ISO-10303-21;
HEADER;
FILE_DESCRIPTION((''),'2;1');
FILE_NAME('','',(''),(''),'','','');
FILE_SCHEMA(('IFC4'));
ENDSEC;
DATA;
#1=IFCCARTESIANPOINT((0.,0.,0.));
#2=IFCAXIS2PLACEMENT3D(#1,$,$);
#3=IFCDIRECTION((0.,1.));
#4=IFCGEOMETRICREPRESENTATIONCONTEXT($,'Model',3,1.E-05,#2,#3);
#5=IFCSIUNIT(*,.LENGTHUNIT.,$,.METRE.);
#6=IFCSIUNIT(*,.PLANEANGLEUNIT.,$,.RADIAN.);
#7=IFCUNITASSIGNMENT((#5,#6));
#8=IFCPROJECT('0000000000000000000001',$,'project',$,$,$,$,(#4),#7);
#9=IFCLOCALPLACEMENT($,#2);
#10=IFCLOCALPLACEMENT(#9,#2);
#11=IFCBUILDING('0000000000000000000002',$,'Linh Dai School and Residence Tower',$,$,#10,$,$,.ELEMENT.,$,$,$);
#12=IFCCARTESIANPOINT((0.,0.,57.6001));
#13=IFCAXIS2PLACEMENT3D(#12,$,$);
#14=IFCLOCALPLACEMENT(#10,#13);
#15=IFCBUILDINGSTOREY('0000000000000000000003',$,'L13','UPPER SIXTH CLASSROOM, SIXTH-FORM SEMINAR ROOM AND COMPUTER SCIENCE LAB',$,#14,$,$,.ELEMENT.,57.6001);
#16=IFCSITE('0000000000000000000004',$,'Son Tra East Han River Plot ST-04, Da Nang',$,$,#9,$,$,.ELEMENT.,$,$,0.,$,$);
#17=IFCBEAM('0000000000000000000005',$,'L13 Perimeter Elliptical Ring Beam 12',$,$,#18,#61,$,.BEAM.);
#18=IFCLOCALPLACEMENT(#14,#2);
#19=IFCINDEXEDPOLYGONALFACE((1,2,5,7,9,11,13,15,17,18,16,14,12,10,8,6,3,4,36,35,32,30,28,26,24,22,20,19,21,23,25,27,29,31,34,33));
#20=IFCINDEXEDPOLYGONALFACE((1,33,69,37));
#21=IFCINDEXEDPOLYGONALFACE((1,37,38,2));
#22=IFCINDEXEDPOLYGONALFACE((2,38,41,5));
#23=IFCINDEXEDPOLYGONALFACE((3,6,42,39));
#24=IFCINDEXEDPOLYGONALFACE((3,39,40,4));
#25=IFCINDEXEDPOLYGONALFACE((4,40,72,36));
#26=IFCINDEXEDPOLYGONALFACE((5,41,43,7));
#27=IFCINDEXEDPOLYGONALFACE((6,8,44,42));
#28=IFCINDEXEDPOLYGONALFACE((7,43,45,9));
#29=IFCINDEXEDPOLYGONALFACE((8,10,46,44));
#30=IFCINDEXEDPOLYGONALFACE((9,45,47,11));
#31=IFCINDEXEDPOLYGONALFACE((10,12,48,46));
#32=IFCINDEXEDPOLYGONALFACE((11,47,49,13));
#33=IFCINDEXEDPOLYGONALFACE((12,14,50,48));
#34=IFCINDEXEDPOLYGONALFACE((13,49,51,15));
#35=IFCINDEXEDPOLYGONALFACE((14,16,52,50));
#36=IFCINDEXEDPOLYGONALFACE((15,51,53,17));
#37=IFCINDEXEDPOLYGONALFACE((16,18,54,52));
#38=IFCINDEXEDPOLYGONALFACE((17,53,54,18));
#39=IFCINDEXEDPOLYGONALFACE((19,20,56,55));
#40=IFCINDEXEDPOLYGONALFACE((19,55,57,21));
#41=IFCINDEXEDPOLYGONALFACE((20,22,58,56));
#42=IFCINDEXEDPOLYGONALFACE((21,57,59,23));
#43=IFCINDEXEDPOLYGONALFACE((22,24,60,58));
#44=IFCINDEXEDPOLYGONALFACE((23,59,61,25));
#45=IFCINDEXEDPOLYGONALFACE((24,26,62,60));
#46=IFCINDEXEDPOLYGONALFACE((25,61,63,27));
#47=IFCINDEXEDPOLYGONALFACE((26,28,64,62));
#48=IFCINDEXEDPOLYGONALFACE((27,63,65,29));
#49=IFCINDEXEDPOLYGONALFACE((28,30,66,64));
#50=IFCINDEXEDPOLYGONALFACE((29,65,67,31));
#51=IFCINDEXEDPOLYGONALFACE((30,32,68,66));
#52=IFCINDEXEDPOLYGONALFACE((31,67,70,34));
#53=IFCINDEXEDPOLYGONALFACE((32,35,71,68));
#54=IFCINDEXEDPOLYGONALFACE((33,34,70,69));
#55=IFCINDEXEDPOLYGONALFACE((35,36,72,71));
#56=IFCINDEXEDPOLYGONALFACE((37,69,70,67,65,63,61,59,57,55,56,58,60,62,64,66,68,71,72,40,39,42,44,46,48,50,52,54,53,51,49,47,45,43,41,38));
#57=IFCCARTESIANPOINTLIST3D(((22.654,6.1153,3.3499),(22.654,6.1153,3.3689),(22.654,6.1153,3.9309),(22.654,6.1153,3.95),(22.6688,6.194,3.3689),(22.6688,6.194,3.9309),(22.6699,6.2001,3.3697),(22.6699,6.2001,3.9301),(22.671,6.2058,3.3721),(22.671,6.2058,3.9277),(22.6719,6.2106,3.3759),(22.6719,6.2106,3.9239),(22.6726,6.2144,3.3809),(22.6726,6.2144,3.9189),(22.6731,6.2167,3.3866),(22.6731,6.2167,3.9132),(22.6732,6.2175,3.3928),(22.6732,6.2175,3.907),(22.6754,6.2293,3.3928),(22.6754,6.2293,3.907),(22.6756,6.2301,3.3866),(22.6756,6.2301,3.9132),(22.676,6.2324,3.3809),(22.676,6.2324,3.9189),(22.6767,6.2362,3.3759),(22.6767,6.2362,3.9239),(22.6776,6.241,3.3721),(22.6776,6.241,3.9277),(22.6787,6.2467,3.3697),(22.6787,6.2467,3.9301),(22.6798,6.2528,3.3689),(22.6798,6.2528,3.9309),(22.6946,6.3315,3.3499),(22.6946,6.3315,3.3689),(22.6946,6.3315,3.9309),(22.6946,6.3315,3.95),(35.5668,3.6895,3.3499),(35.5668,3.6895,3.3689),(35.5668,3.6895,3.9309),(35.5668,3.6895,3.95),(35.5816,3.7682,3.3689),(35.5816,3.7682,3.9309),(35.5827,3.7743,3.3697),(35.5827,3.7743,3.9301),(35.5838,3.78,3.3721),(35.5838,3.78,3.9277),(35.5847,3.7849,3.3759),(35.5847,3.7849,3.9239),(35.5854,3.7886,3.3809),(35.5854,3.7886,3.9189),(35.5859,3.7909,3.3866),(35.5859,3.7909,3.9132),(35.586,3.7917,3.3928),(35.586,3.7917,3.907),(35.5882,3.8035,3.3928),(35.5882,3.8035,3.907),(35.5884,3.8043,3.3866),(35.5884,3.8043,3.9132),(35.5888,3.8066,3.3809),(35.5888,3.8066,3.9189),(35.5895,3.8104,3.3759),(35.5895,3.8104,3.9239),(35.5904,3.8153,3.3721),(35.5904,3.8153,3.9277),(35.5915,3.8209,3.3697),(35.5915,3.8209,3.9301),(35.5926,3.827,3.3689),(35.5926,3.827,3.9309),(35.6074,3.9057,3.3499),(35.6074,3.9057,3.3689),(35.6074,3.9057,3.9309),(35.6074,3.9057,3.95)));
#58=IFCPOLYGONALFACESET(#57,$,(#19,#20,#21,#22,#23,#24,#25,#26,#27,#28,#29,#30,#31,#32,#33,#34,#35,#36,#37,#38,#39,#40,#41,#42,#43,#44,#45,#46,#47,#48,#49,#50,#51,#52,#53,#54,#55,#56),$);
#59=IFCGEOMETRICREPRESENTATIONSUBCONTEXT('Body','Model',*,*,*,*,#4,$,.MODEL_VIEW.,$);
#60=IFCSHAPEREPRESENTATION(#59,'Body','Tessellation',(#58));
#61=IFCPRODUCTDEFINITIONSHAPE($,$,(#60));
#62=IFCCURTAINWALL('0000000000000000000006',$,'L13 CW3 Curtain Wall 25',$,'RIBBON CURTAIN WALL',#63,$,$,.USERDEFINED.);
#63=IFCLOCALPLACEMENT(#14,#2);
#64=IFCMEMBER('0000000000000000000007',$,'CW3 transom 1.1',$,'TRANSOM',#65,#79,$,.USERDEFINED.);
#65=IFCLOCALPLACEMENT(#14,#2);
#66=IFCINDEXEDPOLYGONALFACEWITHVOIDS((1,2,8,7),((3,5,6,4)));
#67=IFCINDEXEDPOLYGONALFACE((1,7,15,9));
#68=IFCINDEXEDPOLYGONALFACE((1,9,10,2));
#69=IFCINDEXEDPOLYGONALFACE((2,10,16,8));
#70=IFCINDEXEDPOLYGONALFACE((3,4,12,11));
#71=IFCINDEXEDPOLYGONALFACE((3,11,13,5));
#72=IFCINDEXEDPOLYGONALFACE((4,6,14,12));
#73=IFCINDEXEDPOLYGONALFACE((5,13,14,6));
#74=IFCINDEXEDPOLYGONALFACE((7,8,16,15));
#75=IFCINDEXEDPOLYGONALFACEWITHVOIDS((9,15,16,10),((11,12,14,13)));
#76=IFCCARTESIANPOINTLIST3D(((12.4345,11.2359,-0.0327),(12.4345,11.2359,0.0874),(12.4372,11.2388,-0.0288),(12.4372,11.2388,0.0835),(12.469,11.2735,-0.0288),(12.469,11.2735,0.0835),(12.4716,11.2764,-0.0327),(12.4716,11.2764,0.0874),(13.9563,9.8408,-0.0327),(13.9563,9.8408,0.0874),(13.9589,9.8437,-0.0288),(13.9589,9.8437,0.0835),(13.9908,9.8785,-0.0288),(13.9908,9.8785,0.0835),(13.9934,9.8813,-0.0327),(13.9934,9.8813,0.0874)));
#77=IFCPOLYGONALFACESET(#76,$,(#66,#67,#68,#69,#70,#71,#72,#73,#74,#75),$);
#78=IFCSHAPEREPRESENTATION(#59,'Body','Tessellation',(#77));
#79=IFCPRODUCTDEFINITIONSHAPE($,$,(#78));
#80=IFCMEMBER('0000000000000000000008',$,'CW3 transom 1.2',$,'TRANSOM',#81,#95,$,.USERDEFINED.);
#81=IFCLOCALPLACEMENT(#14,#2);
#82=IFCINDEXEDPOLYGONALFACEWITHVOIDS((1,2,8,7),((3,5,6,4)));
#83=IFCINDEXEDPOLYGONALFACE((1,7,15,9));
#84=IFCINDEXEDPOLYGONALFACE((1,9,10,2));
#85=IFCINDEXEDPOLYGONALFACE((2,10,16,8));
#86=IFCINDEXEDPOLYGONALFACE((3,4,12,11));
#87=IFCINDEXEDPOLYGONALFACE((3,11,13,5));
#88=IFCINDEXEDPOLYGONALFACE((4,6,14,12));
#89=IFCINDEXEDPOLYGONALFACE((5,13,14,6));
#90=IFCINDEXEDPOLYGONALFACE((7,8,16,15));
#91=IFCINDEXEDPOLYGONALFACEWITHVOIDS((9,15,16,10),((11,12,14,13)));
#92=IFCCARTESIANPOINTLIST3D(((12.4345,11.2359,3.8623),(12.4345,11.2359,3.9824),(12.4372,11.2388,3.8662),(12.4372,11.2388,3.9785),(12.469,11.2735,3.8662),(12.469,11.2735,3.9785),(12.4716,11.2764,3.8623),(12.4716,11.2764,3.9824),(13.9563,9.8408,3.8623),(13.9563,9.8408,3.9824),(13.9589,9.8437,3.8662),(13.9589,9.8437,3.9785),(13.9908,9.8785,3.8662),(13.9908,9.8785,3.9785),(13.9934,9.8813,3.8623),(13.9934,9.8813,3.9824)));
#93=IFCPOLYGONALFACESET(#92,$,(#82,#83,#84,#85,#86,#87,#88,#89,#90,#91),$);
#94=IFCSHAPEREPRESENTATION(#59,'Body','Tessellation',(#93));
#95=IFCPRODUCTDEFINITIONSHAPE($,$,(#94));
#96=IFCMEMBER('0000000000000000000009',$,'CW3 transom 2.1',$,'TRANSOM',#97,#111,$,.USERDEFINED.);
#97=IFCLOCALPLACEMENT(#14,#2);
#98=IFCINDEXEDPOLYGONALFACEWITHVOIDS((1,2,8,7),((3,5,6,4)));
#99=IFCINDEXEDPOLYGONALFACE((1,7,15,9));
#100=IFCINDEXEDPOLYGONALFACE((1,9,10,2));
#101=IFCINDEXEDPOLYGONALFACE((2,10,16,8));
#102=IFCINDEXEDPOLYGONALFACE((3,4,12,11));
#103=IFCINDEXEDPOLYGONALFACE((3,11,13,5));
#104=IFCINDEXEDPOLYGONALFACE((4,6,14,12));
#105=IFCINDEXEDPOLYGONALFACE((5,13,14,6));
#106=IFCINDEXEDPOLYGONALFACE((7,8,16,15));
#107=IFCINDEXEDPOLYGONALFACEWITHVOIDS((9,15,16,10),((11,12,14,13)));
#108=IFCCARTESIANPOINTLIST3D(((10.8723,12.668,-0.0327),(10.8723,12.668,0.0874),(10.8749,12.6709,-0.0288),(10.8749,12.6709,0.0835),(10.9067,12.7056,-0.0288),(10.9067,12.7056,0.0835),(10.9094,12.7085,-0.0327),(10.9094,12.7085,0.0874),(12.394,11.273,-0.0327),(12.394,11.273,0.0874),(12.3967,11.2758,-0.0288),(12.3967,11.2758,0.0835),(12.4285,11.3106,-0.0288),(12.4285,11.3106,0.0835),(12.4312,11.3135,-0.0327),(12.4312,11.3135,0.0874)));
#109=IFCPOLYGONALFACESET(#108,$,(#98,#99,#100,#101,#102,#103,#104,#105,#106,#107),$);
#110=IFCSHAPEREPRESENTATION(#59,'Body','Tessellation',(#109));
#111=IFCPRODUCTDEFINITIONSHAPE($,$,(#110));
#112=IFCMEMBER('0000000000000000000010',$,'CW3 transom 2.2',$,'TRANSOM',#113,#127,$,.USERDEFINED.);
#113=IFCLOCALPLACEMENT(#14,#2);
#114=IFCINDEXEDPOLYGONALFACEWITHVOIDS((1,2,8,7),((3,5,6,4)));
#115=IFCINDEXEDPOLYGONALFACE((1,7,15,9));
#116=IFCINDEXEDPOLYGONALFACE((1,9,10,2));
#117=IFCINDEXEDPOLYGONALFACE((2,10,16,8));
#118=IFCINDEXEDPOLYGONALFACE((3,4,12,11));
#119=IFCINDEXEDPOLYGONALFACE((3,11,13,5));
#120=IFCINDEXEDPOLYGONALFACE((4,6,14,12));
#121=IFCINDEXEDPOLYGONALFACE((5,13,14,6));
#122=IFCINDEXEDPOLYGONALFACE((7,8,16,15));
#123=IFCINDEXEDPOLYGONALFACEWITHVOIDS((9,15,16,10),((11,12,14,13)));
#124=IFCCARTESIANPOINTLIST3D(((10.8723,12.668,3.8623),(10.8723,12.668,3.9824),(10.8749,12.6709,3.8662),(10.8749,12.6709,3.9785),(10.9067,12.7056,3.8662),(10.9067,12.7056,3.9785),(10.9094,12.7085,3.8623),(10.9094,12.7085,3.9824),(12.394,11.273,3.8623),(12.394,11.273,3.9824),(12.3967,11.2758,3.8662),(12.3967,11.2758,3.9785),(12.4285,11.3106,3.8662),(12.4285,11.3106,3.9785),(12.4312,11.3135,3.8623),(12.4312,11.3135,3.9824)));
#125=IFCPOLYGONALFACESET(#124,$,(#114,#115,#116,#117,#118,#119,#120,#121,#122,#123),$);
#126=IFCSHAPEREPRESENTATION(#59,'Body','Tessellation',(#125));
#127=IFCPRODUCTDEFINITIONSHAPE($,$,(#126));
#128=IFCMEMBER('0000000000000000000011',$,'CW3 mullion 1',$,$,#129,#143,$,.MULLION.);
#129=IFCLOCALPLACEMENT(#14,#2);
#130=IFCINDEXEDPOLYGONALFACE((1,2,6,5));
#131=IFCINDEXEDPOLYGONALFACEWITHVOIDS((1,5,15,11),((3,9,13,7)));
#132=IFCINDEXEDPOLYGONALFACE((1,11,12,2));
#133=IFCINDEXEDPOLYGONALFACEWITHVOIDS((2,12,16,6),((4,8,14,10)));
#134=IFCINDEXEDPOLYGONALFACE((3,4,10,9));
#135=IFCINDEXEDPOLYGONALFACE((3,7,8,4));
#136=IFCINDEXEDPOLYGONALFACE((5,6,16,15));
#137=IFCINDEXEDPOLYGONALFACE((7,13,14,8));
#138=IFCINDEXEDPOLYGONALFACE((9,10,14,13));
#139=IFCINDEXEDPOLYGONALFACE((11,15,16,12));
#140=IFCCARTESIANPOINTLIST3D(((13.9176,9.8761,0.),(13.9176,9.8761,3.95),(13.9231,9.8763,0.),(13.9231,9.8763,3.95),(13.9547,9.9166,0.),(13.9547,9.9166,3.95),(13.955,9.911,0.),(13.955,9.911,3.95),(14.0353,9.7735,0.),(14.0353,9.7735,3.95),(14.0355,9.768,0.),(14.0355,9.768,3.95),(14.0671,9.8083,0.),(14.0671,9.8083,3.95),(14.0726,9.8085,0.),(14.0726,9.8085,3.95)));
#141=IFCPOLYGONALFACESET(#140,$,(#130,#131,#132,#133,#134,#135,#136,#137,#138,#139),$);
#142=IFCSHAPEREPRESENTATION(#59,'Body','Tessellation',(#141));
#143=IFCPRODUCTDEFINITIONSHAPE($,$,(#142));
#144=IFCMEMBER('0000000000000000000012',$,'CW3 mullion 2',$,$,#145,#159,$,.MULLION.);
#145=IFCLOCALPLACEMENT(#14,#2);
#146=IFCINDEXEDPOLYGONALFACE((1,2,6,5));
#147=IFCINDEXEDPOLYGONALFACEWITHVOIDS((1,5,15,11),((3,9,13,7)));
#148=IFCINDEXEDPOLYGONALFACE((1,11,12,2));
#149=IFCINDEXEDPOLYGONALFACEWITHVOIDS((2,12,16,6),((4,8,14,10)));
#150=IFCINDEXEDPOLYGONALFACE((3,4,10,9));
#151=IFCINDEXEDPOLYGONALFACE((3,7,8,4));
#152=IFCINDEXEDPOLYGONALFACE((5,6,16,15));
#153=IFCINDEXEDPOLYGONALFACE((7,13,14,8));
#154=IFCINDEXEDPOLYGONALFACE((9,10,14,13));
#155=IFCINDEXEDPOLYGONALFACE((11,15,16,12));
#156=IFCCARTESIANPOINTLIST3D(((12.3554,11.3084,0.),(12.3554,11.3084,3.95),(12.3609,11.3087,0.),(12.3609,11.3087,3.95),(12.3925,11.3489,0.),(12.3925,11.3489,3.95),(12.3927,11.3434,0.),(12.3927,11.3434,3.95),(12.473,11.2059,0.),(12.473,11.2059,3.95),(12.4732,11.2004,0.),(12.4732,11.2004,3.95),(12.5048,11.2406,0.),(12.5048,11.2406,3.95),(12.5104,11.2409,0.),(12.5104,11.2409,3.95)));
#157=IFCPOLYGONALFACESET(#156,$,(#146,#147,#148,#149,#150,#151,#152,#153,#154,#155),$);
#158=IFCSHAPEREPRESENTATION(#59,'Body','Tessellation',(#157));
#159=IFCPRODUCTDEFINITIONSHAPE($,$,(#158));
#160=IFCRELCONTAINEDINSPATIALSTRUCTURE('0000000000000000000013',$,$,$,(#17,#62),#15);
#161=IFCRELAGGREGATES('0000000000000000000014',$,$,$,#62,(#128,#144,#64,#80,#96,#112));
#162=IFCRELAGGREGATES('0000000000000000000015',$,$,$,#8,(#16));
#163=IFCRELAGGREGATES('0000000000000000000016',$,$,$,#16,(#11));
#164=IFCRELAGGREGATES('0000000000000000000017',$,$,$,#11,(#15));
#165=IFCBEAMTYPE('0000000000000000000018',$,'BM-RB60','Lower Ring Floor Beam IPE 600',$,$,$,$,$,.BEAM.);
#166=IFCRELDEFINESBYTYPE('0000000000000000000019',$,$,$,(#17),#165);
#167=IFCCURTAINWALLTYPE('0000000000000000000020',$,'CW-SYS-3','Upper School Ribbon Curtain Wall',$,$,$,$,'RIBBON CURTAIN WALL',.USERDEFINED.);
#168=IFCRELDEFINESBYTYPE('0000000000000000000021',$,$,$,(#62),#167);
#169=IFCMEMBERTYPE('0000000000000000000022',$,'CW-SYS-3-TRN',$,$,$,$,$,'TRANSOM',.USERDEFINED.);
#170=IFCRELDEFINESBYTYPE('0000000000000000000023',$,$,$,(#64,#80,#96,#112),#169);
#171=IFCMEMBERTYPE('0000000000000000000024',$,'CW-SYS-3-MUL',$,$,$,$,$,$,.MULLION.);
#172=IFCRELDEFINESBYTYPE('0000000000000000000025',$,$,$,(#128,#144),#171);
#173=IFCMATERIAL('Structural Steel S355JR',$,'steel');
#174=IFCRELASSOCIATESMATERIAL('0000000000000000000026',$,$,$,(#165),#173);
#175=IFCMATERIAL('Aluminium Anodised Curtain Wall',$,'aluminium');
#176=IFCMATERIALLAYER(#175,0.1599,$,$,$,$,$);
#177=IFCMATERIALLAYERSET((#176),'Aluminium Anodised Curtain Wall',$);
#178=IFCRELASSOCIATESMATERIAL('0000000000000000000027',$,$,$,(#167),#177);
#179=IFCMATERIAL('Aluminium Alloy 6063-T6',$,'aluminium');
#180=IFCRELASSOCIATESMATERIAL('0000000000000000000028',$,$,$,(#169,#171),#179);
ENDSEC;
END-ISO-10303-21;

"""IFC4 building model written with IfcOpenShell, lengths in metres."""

from ifc_helpers import new_model, si_unit, direction, frame, origin, origin_2d, place, context, subcontext, project, spatial, hollow_rectangle, i_section, extrude, source, transform, mapped, material, layer, layer_set, material_profile, profile_set, type_object, element, aggregate, save


model = new_model("IFC4")

# Units and contexts
model_context = context("Model", 3, precision=1e-05, world=origin(), true_north=direction((0.0, 1.0)))
body_context = subcontext(model_context, "Body", "Model", "MODEL_VIEW")
ifc_project = project(units=[si_unit("LENGTHUNIT", "METRE"), si_unit("PLANEANGLEUNIT", "RADIAN")], contexts=[model_context])

# Site, building, storey
site_placement = place(None, origin())
site = spatial("IfcSite", under=ifc_project, at=site_placement, Name="Son Tra East Han River Plot ST-04, Da Nang", CompositionType="ELEMENT", RefElevation=0.0)
building_placement = place(site_placement, origin())
building = spatial("IfcBuilding", under=site, at=building_placement, Name="Linh Dai School and Residence Tower", CompositionType="ELEMENT")
storey_placement = place(building_placement, frame((0.0, 0.0, 57.6001)))
storey = spatial("IfcBuildingStorey", under=building, at=storey_placement, Name="L13", Description="UPPER SIXTH CLASSROOM, SIXTH-FORM SEMINAR ROOM AND COMPUTER SCIENCE LAB", CompositionType="ELEMENT", Elevation=57.6001)

# Shared definitions
ifc_material_1 = material(Name="Structural Steel S355JR", Category="steel")

# Beam
ifc_material_profile_1 = material_profile(ifc_material_1, i_section(OverallWidth=0.22, OverallDepth=0.6001, WebThickness=0.012, FlangeThickness=0.019, FilletRadius=0.0239, at=origin_2d()), Name="IPE 600")
ifc_profile_set_1 = profile_set([ifc_material_profile_1], Name="Structural Steel S355JR")
beam_type = type_object("IfcBeamType", Name="BM-RB60", Description="Lower Ring Floor Beam IPE 600", PredefinedType="BEAM", material=ifc_profile_set_1)
beam_1_placement = place(storey_placement, frame((22.6743, 6.2234, 3.6499), z_axis=(0.982808, -0.184628, 0.0), x_axis=(0.184628, 0.982808, 0.0)))
element("IfcBeam", 1, at=beam_1_placement, inside=storey, type_object=beam_type, Name="L13 Perimeter Elliptical Ring Beam 12", PredefinedType="BEAM", context=body_context, shape_type="SweptSolid", body=[
    extrude(i_section(OverallWidth=0.22, OverallDepth=0.6001, WebThickness=0.012, FlangeThickness=0.019, FilletRadius=0.0239, at=origin_2d()), origin(), (0.0, 0.0, 1.0), 13.1387),
])

# Curtain wall, members
ifc_material_2 = material(Name="Aluminium Anodised Curtain Wall", Category="aluminium")
ifc_layer_1 = layer(ifc_material_2, 0.1599)
ifc_layer_set_1 = layer_set([ifc_layer_1], Name="Aluminium Anodised Curtain Wall")
curtain_wall_type = type_object("IfcCurtainWallType", Name="CW-SYS-3", Description="Upper School Ribbon Curtain Wall", ElementType="RIBBON CURTAIN WALL", PredefinedType="USERDEFINED", material=ifc_layer_set_1)
curtain_wall_placement = place(storey_placement, origin())
curtain_wall = element("IfcCurtainWall", 2, at=curtain_wall_placement, inside=storey, type_object=curtain_wall_type, Name="L13 CW3 Curtain Wall 25", ObjectType="RIBBON CURTAIN WALL", PredefinedType="USERDEFINED")
ifc_material_3 = material(Name="Aluminium Alloy 6063-T6", Category="aluminium")
ifc_material_profile_2 = material_profile(ifc_material_3, hollow_rectangle(XDim=0.0549, YDim=0.1201, WallThickness=0.0039, at=origin_2d()), Name="RHS 120x55x4")
ifc_profile_set_2 = profile_set([ifc_material_profile_2], Name="Aluminium Alloy 6063-T6")
member_type_1 = type_object("IfcMemberType", Name="CW-SYS-3-TRN", ElementType="TRANSOM", PredefinedType="USERDEFINED", material=ifc_profile_set_2)
shared_shape_1 = source(origin(), body_context, "Body", "SweptSolid", [
    extrude(hollow_rectangle(XDim=0.0549, YDim=0.1201, WallThickness=0.0039, at=origin_2d()), origin(), (0.0, 0.0, 1.0), 2.0645),
])
member_1_placement = place(storey_placement, frame((13.9749, 9.8611, 0.0273), z_axis=(-0.73713, 0.675751, 0.0), x_axis=(-0.675751, -0.73713, 0.0)))
member_1 = element("IfcMember", 3, at=member_1_placement, type_object=member_type_1, Name="CW3 transom 1.1", ObjectType="TRANSOM", PredefinedType="USERDEFINED", context=body_context, shape_type="MappedRepresentation", body=[
    mapped(shared_shape_1, transform((0.0, 0.0, 0.0), x_axis=(1.0, 0.0, 0.0), y_axis=(0.0, 1.0, 0.0), z_axis=(0.0, 0.0, 1.0), scale=1.0)),
])
member_2_placement = place(storey_placement, frame((13.9749, 9.8611, 3.9224), z_axis=(-0.73713, 0.675751, 0.0), x_axis=(-0.675751, -0.73713, 0.0)))
member_2 = element("IfcMember", 4, at=member_2_placement, type_object=member_type_1, Name="CW3 transom 1.2", ObjectType="TRANSOM", PredefinedType="USERDEFINED", context=body_context, shape_type="MappedRepresentation", body=[
    mapped(shared_shape_1, transform((0.0, 0.0, 0.0), x_axis=(1.0, 0.0, 0.0), y_axis=(0.0, 1.0, 0.0), z_axis=(0.0, 0.0, 1.0), scale=1.0)),
])
member_3_placement = place(storey_placement, frame((12.4126, 11.2932, 0.0273), z_axis=(-0.73713, 0.675751, 0.0), x_axis=(-0.675751, -0.73713, 0.0)))
member_3 = element("IfcMember", 5, at=member_3_placement, type_object=member_type_1, Name="CW3 transom 2.1", ObjectType="TRANSOM", PredefinedType="USERDEFINED", context=body_context, shape_type="MappedRepresentation", body=[
    mapped(shared_shape_1, transform((0.0, 0.0, 0.0), x_axis=(1.0, 0.0, 0.0), y_axis=(0.0, 1.0, 0.0), z_axis=(0.0, 0.0, 1.0), scale=1.0)),
])
member_4_placement = place(storey_placement, frame((12.4126, 11.2932, 3.9224), z_axis=(-0.73713, 0.675751, 0.0), x_axis=(-0.675751, -0.73713, 0.0)))
member_4 = element("IfcMember", 6, at=member_4_placement, type_object=member_type_1, Name="CW3 transom 2.2", ObjectType="TRANSOM", PredefinedType="USERDEFINED", context=body_context, shape_type="MappedRepresentation", body=[
    mapped(shared_shape_1, transform((0.0, 0.0, 0.0), x_axis=(1.0, 0.0, 0.0), y_axis=(0.0, 1.0, 0.0), z_axis=(0.0, 0.0, 1.0), scale=1.0)),
])
ifc_material_profile_3 = material_profile(ifc_material_3, hollow_rectangle(XDim=0.0549, YDim=0.1599, WallThickness=0.0039, at=origin_2d()), Name="RHS 160x55x4")
ifc_profile_set_3 = profile_set([ifc_material_profile_3], Name="Aluminium Alloy 6063-T6")
member_type_2 = type_object("IfcMemberType", Name="CW-SYS-3-MUL", PredefinedType="MULLION", material=ifc_profile_set_3)
shared_shape_2 = source(origin(), body_context, "Body", "SweptSolid", [
    extrude(hollow_rectangle(XDim=0.0549, YDim=0.1599, WallThickness=0.0039, at=origin_2d()), origin(), (0.0, 0.0, 1.0), 3.95),
])
member_5_placement = place(storey_placement, frame((13.9951, 9.8423, 0.0), z_axis=(0.0, 0.0, 1.0), x_axis=(-0.675769, -0.737113, 0.0)))
member_5 = element("IfcMember", 7, at=member_5_placement, type_object=member_type_2, Name="CW3 mullion 1", PredefinedType="MULLION", context=body_context, shape_type="MappedRepresentation", body=[
    mapped(shared_shape_2, transform((0.0, 0.0, 0.0), x_axis=(1.0, 0.0, 0.0), y_axis=(0.0, 1.0, 0.0), z_axis=(0.0, 0.0, 1.0), scale=1.0)),
])
member_6_placement = place(storey_placement, frame((12.4329, 11.2747, 0.0), z_axis=(0.0, 0.0, 1.0), x_axis=(-0.675769, -0.737113, 0.0)))
member_6 = element("IfcMember", 8, at=member_6_placement, type_object=member_type_2, Name="CW3 mullion 2", PredefinedType="MULLION", context=body_context, shape_type="MappedRepresentation", body=[
    mapped(shared_shape_2, transform((0.0, 0.0, 0.0), x_axis=(1.0, 0.0, 0.0), y_axis=(0.0, 1.0, 0.0), z_axis=(0.0, 0.0, 1.0), scale=1.0)),
])

aggregate(curtain_wall, [member_5, member_6, member_1, member_2, member_3, member_4])

save(model, "model.ifc")
